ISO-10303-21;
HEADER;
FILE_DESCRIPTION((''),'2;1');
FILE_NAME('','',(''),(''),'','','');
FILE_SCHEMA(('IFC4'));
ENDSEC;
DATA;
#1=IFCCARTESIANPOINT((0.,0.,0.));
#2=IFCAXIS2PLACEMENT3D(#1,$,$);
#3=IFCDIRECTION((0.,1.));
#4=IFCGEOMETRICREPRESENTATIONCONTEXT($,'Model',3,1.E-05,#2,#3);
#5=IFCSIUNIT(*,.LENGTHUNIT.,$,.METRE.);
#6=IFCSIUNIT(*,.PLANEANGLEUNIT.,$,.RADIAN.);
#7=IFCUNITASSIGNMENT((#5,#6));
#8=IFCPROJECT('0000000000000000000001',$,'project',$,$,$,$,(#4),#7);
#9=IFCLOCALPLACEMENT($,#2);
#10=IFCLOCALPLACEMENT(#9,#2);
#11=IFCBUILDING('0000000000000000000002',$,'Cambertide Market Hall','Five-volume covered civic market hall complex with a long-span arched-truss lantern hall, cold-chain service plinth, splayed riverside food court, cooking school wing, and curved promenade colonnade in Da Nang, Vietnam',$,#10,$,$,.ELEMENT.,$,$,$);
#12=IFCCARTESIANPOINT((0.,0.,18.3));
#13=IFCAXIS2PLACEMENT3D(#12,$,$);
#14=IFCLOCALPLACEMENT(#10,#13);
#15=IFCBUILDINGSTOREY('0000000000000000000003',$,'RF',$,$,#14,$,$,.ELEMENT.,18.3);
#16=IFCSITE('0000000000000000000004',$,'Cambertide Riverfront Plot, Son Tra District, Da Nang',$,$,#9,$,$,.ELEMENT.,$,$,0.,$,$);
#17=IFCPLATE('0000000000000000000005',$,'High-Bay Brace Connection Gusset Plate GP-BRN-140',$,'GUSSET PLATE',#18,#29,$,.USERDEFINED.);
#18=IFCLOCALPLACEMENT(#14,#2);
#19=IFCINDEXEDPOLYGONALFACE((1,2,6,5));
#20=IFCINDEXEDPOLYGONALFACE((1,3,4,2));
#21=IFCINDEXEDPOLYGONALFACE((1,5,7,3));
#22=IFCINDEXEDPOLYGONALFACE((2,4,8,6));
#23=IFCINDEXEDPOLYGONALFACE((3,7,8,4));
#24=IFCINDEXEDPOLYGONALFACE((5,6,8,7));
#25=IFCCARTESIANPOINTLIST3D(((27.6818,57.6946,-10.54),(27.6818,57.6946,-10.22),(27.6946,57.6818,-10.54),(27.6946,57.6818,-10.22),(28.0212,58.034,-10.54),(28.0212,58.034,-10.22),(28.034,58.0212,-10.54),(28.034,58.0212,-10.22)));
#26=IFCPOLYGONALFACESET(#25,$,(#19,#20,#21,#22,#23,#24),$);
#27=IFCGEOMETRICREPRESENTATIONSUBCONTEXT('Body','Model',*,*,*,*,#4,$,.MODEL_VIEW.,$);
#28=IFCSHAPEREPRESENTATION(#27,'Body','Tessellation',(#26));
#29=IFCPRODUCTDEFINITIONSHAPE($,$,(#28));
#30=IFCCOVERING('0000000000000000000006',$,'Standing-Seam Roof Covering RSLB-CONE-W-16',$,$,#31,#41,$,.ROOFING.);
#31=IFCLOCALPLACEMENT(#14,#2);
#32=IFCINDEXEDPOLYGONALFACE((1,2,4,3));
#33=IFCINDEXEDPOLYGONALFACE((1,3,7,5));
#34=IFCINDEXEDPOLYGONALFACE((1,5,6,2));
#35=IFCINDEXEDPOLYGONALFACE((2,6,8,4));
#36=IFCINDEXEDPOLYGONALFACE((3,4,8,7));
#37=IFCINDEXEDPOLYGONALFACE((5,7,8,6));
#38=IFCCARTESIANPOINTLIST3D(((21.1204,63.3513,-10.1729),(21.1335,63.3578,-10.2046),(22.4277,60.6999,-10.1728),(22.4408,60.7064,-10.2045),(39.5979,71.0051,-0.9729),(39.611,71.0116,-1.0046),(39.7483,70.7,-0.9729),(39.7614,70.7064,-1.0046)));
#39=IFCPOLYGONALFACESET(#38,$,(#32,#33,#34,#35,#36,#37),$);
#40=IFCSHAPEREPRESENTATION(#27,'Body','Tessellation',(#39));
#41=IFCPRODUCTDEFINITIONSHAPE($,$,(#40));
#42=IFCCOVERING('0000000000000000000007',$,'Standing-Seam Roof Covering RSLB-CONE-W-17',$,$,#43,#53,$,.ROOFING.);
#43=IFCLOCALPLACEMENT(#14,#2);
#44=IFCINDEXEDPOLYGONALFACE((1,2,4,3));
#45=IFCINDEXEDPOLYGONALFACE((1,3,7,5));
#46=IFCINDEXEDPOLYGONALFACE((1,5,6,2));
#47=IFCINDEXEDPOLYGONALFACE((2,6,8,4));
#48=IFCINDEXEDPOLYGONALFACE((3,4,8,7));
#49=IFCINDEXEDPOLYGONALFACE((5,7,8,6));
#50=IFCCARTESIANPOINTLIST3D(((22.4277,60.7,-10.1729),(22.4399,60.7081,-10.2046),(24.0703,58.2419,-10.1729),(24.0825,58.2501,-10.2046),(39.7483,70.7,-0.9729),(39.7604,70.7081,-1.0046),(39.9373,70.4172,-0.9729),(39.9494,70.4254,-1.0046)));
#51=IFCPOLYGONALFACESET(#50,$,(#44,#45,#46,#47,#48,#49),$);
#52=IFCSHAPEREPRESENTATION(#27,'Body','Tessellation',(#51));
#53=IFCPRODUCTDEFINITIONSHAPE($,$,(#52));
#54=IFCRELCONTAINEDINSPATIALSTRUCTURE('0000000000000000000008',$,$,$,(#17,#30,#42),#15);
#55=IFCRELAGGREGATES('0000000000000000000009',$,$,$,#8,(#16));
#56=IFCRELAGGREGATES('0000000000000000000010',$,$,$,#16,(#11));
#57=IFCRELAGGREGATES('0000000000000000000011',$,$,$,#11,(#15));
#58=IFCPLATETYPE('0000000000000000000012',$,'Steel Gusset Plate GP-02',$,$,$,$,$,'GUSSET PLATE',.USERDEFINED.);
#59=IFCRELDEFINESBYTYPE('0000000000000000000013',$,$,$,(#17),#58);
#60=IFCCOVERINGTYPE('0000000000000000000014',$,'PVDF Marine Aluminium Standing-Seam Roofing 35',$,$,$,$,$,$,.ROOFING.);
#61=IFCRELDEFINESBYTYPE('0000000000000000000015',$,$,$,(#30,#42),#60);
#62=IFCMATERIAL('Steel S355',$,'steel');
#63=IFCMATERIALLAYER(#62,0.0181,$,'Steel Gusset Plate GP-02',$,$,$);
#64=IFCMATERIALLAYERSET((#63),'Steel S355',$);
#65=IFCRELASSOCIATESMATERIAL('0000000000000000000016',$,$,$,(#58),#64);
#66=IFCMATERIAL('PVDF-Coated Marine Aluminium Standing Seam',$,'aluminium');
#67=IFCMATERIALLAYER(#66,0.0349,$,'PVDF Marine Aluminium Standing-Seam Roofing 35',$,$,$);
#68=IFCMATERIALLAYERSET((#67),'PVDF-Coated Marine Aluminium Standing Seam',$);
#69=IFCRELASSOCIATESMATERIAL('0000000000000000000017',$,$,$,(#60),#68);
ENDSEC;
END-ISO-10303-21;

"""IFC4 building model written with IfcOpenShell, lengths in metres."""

from ifc_helpers import new_model, si_unit, direction, frame, origin, origin_2d, place, context, subcontext, project, spatial, polyline, rectangle, outline, extrude, material, layer, layer_set, type_object, element, save


model = new_model("IFC4")

# Units and contexts
model_context = context("Model", 3, precision=1e-05, world=origin(), true_north=direction((0.0, 1.0)))
body_context = subcontext(model_context, "Body", "Model", "MODEL_VIEW")
ifc_project = project(units=[si_unit("LENGTHUNIT", "METRE"), si_unit("PLANEANGLEUNIT", "RADIAN")], contexts=[model_context])

# Site, building, storey
site_placement = place(None, origin())
site = spatial("IfcSite", under=ifc_project, at=site_placement, Name="Cambertide Riverfront Plot, Son Tra District, Da Nang", CompositionType="ELEMENT", RefElevation=0.0)
building_placement = place(site_placement, origin())
building = spatial("IfcBuilding", under=site, at=building_placement, Name="Cambertide Market Hall", Description="Five-volume covered civic market hall complex with a long-span arched-truss lantern hall, cold-chain service plinth, splayed riverside food court, cooking school wing, and curved promenade colonnade in Da Nang, Vietnam", CompositionType="ELEMENT")
storey_placement = place(building_placement, frame((0.0, 0.0, 18.3)))
storey = spatial("IfcBuildingStorey", under=building, at=storey_placement, Name="RF", CompositionType="ELEMENT", Elevation=18.3)

# Plate
ifc_material_1 = material(Name="Steel S355", Category="steel")
ifc_layer_1 = layer(ifc_material_1, 0.0181, Name="Steel Gusset Plate GP-02")
ifc_layer_set_1 = layer_set([ifc_layer_1], Name="Steel S355")
plate_type_1 = type_object("IfcPlateType", Name="Steel Gusset Plate GP-02", ElementType="GUSSET PLATE", PredefinedType="USERDEFINED", material=ifc_layer_set_1)
for number, where, z_axis, x_axis, name in (
    (1, (27.8579, 57.8579, -10.54), (0.0, 0.0, 1.0), (0.707107, 0.707107, 0.0), "High-Bay Brace Connection Gusset Plate GP-BRN-140"),
):
    element("IfcPlate", number, at=place(storey_placement, frame(where, z_axis=z_axis, x_axis=x_axis)), inside=storey, type_object=plate_type_1, Name=name, ObjectType="GUSSET PLATE", PredefinedType="USERDEFINED", context=body_context, shape_type="SweptSolid", body=[
        extrude(rectangle(XDim=0.48, YDim=0.0181, at=origin_2d()), origin(), (0.0, 0.0, 1.0), 0.3201),
    ])

# Coverings
ifc_material_2 = material(Name="PVDF-Coated Marine Aluminium Standing Seam", Category="aluminium")
ifc_layer_2 = layer(ifc_material_2, 0.0349, Name="PVDF Marine Aluminium Standing-Seam Roofing 35")
ifc_layer_set_2 = layer_set([ifc_layer_2], Name="PVDF-Coated Marine Aluminium Standing Seam")
covering_type = type_object("IfcCoveringType", Name="PVDF Marine Aluminium Standing-Seam Roofing 35", PredefinedType="ROOFING", material=ifc_layer_set_2)
covering_1_placement = place(storey_placement, frame((21.1204, 63.3513, -10.1729), z_axis=(-0.375482, -0.185136, 0.908151), x_axis=(0.442248, -0.896893, 0.000009)))
element("IfcCovering", 2, at=covering_1_placement, inside=storey, type_object=covering_type, Name="Standing-Seam Roof Covering RSLB-CONE-W-16", PredefinedType="ROOFING", context=body_context, shape_type="SweptSolid", body=[
    extrude(outline(polyline([(0.0, 0.0), (2.9562, 0.0), (1.6473, 21.9756), (1.3071, 21.9757), (0.0, 0.0)])), origin(), (0.0, 0.0, -1.0), 0.0349),
])
covering_2_placement = place(storey_placement, frame((22.4277, 60.7, -10.1729), z_axis=(-0.348075, -0.232608, 0.908151), x_axis=(0.555616, -0.831439, -0.000004)))
element("IfcCovering", 3, at=covering_2_placement, inside=storey, type_object=covering_type, Name="Standing-Seam Roof Covering RSLB-CONE-W-17", PredefinedType="ROOFING", context=body_context, shape_type="SweptSolid", body=[
    extrude(outline(polyline([(0.0, 0.0), (2.9563, 0.0), (1.6492, 21.9756), (1.3092, 21.9756), (0.0, 0.0)])), origin(), (0.0, 0.0, -1.0), 0.0349),
])

save(model, "model.ifc")
